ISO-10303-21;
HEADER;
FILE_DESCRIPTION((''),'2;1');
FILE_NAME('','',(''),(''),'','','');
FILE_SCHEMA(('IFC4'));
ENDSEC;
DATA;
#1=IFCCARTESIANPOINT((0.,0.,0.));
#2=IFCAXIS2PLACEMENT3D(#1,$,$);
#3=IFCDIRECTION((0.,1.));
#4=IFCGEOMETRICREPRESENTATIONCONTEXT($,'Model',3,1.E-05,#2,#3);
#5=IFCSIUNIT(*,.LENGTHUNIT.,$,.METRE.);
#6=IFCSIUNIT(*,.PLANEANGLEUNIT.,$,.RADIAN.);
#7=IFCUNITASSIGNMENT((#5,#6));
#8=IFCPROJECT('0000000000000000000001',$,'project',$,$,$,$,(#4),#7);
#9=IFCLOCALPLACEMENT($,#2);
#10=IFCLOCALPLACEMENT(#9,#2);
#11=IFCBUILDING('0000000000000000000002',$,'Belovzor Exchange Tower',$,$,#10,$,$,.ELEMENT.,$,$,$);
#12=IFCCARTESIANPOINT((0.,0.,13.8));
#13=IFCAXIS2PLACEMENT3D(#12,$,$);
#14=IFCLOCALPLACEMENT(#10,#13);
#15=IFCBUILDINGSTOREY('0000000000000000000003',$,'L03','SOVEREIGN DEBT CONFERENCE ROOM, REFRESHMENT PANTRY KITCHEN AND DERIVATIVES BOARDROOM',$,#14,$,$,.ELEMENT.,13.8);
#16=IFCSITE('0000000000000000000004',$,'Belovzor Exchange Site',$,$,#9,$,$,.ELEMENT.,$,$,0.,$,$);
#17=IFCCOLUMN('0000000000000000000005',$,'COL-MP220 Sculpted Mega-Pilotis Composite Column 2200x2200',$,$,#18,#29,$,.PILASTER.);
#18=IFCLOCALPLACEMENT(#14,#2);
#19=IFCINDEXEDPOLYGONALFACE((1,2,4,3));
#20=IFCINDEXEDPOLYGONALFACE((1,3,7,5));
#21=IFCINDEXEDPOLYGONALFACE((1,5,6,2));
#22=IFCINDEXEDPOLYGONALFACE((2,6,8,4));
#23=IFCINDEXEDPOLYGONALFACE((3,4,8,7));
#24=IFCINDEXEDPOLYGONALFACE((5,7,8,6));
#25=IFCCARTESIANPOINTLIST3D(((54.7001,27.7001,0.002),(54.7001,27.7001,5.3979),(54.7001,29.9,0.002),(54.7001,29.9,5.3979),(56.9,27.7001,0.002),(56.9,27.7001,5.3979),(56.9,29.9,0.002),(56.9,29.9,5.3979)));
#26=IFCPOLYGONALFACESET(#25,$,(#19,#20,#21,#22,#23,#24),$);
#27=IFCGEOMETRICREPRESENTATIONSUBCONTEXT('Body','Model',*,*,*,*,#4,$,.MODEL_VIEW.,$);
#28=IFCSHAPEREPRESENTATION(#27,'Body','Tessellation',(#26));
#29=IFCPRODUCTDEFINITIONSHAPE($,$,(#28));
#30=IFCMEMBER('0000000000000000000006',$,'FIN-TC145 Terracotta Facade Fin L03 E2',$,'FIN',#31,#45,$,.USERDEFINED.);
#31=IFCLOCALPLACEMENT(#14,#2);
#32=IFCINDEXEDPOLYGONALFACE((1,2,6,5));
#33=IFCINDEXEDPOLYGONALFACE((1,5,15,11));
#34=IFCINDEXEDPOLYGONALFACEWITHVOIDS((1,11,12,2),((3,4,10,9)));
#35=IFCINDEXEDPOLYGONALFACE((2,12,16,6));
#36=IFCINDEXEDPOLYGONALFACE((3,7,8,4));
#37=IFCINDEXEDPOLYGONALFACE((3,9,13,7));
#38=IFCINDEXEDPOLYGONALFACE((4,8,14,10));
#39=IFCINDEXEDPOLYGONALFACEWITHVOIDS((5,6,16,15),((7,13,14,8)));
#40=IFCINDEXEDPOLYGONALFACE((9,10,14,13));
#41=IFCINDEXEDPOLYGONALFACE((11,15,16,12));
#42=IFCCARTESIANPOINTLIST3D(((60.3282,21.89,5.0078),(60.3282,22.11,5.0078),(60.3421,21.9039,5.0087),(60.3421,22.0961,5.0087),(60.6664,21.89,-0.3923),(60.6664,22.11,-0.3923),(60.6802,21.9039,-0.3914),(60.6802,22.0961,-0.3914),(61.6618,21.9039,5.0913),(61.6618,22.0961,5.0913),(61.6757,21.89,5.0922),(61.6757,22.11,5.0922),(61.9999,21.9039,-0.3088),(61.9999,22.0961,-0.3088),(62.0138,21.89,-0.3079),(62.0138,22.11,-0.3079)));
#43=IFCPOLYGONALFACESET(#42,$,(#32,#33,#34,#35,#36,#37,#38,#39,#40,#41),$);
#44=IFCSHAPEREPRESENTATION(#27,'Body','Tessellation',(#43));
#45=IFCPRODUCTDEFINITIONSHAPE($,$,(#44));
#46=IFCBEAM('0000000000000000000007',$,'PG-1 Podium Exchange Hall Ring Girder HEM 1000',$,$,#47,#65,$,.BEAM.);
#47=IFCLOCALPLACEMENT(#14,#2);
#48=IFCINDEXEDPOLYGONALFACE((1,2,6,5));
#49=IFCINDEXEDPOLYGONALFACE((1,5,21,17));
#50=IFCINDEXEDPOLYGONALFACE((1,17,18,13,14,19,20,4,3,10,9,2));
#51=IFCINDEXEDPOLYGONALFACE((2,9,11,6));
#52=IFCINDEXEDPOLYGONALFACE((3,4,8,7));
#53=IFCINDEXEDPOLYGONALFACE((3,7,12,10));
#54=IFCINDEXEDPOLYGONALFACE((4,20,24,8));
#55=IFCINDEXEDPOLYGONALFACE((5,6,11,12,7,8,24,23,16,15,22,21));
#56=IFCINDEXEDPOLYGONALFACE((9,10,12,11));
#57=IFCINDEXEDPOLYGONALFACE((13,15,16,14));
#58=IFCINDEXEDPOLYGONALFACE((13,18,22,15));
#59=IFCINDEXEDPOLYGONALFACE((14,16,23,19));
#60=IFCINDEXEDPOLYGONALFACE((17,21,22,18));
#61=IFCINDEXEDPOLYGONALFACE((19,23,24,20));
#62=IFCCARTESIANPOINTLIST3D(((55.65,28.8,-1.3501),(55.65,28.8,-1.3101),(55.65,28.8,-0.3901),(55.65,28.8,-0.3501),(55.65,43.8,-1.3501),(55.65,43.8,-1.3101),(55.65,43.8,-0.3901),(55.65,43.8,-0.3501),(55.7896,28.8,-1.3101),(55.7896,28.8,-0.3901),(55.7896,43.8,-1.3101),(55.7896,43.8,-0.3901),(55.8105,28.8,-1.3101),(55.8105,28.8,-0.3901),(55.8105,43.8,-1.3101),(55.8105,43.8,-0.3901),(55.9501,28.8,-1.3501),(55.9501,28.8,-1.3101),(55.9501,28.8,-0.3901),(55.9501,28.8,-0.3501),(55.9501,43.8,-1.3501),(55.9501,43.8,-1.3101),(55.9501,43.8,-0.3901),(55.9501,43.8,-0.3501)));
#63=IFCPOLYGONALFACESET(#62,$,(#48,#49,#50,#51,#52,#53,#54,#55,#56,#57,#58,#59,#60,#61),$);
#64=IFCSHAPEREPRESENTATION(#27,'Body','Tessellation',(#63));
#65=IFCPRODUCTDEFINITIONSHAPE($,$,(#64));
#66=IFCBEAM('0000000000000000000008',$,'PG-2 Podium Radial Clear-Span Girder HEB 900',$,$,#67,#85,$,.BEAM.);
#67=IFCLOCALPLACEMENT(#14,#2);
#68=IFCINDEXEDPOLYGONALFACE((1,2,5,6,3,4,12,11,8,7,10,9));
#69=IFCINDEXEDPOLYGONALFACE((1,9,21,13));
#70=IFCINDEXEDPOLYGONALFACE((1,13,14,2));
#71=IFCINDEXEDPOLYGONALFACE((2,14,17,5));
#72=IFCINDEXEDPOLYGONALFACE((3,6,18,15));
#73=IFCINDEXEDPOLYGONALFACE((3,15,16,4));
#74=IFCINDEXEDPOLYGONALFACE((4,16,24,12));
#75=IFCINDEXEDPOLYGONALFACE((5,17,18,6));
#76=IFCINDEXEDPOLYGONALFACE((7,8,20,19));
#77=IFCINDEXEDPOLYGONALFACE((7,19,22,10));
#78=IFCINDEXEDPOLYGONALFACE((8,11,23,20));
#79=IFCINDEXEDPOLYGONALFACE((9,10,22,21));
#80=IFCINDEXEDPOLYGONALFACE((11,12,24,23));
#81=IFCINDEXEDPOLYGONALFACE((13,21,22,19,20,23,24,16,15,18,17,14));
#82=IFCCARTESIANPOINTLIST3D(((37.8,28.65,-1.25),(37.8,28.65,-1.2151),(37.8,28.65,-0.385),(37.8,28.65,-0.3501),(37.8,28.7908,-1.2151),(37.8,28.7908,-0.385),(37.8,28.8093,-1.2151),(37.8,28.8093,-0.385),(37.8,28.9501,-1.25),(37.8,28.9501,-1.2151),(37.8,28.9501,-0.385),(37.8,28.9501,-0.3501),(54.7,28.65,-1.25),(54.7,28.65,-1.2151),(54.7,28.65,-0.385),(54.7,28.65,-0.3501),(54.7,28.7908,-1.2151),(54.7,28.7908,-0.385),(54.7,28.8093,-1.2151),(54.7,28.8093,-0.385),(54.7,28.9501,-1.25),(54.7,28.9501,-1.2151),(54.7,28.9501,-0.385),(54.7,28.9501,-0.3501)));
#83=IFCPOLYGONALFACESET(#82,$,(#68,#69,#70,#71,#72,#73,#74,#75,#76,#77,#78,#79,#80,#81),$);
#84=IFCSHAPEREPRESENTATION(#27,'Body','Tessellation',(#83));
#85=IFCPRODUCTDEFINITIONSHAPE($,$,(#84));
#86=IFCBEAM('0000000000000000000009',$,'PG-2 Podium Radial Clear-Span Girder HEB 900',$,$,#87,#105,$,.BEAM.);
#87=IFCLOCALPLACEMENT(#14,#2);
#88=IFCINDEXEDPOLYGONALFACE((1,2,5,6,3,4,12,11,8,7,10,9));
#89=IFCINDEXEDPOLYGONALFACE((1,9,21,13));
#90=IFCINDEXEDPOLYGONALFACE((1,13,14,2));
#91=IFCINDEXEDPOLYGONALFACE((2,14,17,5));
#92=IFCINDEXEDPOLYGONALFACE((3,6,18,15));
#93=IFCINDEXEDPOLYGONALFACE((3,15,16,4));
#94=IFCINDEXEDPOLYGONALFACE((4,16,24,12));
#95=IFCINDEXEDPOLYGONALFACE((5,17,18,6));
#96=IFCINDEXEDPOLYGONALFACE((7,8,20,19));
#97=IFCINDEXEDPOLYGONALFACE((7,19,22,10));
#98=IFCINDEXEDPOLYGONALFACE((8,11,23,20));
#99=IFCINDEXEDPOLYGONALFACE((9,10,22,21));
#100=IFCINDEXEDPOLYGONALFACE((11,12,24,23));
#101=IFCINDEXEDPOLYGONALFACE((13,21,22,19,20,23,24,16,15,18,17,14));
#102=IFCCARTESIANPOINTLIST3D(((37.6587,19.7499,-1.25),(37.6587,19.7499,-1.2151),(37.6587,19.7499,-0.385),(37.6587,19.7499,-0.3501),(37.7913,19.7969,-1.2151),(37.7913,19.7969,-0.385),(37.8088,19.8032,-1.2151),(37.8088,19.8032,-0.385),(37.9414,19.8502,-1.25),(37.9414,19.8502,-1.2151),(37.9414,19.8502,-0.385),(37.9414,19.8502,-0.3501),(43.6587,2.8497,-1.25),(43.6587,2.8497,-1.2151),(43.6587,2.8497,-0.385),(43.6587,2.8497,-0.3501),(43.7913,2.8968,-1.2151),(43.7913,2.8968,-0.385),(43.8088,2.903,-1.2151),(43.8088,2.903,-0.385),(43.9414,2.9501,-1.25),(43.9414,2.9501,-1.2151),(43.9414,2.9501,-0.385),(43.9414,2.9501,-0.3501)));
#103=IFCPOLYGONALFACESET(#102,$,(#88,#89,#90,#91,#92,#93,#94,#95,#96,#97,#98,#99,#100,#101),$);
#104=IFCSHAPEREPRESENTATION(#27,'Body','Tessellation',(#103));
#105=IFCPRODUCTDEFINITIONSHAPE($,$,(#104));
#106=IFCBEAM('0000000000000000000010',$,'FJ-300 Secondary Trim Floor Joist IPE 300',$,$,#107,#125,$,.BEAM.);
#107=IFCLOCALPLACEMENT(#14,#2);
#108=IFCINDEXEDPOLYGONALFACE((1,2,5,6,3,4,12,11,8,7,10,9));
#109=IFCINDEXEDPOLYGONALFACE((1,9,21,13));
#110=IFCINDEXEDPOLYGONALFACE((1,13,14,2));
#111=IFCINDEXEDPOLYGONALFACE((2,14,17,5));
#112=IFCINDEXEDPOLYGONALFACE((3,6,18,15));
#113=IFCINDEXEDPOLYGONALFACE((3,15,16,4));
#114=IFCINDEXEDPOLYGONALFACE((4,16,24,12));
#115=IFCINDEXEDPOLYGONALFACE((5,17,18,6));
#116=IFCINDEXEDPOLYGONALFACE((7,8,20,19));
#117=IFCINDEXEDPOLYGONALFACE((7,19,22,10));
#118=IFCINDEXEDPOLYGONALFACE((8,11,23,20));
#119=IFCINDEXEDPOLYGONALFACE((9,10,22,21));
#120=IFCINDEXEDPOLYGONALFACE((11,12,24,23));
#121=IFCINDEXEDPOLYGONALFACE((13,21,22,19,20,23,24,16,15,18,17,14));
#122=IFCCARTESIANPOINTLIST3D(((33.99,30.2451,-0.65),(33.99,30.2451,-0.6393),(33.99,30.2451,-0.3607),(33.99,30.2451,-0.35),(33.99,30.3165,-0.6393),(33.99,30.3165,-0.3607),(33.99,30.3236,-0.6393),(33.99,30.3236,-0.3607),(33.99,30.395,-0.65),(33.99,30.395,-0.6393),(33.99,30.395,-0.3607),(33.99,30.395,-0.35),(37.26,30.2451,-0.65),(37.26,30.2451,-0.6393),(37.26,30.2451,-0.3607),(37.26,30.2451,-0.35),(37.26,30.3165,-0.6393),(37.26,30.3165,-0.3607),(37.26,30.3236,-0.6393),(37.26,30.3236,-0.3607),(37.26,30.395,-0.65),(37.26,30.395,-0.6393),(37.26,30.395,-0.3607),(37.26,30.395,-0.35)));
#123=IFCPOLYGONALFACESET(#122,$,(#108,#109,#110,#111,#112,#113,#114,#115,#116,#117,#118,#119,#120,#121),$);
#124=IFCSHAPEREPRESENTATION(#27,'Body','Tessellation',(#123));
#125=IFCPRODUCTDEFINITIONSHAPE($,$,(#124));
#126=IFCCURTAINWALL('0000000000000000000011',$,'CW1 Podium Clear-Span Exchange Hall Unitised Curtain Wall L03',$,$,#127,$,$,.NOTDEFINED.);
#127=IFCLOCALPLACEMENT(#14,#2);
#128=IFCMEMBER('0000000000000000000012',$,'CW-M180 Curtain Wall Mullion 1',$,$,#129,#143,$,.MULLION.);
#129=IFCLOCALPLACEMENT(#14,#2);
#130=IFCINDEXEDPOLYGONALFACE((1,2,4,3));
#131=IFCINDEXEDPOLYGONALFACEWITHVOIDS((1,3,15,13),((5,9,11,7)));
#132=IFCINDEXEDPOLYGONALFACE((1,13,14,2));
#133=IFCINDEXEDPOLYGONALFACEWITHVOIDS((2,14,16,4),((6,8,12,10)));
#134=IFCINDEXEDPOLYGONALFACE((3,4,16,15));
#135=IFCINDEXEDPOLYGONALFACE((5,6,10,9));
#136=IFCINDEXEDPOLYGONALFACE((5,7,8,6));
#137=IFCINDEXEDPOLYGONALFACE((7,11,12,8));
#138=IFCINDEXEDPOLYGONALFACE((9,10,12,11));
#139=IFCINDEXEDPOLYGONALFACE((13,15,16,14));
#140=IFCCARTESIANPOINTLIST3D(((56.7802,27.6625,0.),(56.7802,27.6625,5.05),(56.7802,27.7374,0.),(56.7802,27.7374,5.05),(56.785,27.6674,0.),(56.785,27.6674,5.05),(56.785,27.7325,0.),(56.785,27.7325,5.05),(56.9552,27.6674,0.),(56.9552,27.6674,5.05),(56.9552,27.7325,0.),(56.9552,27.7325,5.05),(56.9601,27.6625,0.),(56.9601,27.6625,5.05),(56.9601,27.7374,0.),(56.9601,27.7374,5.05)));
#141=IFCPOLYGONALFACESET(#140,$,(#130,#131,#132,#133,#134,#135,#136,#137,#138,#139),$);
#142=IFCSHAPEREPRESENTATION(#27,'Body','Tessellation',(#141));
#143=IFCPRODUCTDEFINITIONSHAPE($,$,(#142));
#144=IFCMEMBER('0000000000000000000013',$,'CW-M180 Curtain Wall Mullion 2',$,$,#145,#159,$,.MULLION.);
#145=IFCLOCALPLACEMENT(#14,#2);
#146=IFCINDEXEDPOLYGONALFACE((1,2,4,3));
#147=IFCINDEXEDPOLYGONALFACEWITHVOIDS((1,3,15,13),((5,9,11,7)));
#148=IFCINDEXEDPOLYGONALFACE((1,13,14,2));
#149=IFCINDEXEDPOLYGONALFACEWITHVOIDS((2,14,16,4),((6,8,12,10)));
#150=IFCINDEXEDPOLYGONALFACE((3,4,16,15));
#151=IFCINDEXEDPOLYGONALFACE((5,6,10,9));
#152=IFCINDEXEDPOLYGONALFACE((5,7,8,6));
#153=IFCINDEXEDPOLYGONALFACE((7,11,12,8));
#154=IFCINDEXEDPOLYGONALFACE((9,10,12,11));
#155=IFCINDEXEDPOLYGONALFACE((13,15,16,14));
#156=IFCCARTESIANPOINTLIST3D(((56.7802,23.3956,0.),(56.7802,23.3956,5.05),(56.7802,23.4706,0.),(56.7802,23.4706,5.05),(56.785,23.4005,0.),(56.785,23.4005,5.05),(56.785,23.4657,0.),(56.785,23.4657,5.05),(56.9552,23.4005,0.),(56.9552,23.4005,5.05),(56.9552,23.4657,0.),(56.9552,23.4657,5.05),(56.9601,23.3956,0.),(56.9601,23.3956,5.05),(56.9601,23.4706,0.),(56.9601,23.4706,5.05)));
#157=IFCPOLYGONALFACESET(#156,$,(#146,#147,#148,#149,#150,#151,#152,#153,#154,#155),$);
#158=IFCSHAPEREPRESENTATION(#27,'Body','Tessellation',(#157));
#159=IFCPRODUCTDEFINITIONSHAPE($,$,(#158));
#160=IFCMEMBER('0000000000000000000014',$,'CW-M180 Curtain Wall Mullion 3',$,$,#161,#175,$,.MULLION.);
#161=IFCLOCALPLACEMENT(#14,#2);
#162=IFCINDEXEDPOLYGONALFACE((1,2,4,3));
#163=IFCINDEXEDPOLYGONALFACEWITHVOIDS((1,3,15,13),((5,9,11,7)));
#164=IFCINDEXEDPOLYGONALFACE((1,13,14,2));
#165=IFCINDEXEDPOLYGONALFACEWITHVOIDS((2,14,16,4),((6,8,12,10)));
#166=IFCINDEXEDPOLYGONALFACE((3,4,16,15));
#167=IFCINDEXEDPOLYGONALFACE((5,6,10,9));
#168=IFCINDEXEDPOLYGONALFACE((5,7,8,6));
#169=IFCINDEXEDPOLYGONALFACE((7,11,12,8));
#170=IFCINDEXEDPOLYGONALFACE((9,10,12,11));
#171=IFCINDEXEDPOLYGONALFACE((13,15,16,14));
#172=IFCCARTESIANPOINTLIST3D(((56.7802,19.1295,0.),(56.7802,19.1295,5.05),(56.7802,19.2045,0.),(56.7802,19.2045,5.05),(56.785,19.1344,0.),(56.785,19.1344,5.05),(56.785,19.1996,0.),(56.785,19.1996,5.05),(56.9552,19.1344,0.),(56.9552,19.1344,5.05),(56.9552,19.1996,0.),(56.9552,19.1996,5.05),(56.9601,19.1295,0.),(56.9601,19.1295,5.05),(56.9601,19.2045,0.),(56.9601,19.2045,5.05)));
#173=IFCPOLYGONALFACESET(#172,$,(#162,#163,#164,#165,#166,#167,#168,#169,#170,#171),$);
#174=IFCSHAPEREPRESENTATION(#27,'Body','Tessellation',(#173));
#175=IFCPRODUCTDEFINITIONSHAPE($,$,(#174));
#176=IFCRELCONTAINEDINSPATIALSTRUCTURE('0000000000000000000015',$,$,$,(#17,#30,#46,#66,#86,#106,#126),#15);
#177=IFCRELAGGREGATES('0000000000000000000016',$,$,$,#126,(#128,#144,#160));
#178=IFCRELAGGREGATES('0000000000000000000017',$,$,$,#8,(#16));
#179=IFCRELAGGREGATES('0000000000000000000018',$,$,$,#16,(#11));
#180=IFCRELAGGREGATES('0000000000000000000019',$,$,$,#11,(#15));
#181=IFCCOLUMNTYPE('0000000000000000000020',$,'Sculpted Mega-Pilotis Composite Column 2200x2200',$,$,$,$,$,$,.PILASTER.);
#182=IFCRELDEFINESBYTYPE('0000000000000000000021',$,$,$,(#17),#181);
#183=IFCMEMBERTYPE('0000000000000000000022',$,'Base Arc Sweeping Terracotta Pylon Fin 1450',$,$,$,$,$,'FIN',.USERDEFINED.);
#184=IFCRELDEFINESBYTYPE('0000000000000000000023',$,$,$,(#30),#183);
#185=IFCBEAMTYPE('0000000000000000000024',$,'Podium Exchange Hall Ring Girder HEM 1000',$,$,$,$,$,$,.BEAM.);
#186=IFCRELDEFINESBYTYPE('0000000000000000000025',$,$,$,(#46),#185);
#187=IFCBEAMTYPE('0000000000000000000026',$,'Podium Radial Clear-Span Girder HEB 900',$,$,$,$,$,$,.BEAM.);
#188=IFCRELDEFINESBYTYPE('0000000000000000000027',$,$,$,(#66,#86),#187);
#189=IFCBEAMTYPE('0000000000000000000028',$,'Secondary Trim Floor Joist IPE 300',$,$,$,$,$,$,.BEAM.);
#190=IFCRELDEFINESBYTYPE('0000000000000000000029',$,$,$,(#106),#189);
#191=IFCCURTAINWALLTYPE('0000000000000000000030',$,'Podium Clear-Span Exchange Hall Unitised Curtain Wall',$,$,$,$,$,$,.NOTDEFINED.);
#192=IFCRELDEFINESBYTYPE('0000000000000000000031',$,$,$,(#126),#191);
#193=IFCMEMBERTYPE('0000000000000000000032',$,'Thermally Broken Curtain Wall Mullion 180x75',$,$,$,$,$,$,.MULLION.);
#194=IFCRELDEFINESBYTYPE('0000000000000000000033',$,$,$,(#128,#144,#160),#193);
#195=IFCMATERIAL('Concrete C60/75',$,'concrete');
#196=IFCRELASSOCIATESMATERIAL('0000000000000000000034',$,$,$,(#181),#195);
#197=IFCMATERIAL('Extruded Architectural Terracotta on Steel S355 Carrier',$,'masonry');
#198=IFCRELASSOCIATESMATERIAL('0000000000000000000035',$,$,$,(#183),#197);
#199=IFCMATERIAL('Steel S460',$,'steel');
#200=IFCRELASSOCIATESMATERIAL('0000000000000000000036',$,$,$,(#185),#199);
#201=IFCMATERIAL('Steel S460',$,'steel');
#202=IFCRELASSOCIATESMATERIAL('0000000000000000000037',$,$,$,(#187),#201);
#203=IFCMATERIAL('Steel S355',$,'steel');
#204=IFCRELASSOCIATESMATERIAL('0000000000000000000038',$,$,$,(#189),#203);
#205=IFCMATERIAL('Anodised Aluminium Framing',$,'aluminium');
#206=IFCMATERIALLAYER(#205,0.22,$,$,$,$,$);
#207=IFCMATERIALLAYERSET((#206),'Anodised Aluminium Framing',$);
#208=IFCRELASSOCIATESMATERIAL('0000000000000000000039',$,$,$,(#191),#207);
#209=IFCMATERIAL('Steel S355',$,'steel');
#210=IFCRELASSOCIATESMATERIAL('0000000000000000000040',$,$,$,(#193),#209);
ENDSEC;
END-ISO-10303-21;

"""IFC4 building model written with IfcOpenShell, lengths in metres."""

from ifc_helpers import new_model, si_unit, direction, frame, origin, origin_2d, place, context, subcontext, project, spatial, rectangle, hollow_rectangle, i_section, extrude, material, layer, layer_set, material_profile, profile_set, type_object, element, aggregate, save


model = new_model("IFC4")

# Units and contexts
model_context = context("Model", 3, precision=1e-05, world=origin(), true_north=direction((0.0, 1.0)))
body_context = subcontext(model_context, "Body", "Model", "MODEL_VIEW")
ifc_project = project(units=[si_unit("LENGTHUNIT", "METRE"), si_unit("PLANEANGLEUNIT", "RADIAN")], contexts=[model_context])

# Site, building, storey
site_placement = place(None, origin())
site = spatial("IfcSite", under=ifc_project, at=site_placement, Name="Belovzor Exchange Site", CompositionType="ELEMENT", RefElevation=0.0)
building_placement = place(site_placement, origin())
building = spatial("IfcBuilding", under=site, at=building_placement, Name="Belovzor Exchange Tower", CompositionType="ELEMENT")
storey_placement = place(building_placement, frame((0.0, 0.0, 13.8)))
storey = spatial("IfcBuildingStorey", under=building, at=storey_placement, Name="L03", Description="SOVEREIGN DEBT CONFERENCE ROOM, REFRESHMENT PANTRY KITCHEN AND DERIVATIVES BOARDROOM", CompositionType="ELEMENT", Elevation=13.8)

# Column
ifc_material_1 = material(Name="Concrete C60/75", Category="concrete")
ifc_material_profile_1 = material_profile(ifc_material_1, rectangle(XDim=2.2, YDim=2.2, at=origin_2d()))
ifc_profile_set_1 = profile_set([ifc_material_profile_1], Name="Concrete C60/75")
column_type = type_object("IfcColumnType", Name="Sculpted Mega-Pilotis Composite Column 2200x2200", PredefinedType="PILASTER", material=ifc_profile_set_1)
column_placement = place(storey_placement, frame((55.8, 28.8, 0.002), z_axis=(0.0, 0.0, 1.0), x_axis=(1.0, 0.0, 0.0)))
element("IfcColumn", 1, at=column_placement, inside=storey, type_object=column_type, Name="COL-MP220 Sculpted Mega-Pilotis Composite Column 2200x2200", PredefinedType="PILASTER", context=body_context, shape_type="SweptSolid", body=[
    extrude(rectangle(XDim=2.2, YDim=2.2, at=origin_2d()), origin(), (0.0, 0.0, 1.0), 5.396),
])

# Member
ifc_material_2 = material(Name="Extruded Architectural Terracotta on Steel S355 Carrier", Category="masonry")
ifc_material_profile_2 = material_profile(ifc_material_2, hollow_rectangle(XDim=0.22, YDim=1.3501, WallThickness=0.0139, at=origin_2d()))
ifc_profile_set_2 = profile_set([ifc_material_profile_2], Name="Extruded Architectural Terracotta on Steel S355 Carrier")
member_type_1 = type_object("IfcMemberType", Name="Base Arc Sweeping Terracotta Pylon Fin 1450", ElementType="FIN", PredefinedType="USERDEFINED", material=ifc_profile_set_2)
member_1_placement = place(storey_placement, frame((61.3401, 22.0, -0.3501), z_axis=(-0.062493, 0.0, 0.998045), x_axis=(0.0, -1.0, 0.0)))
element("IfcMember", 2, at=member_1_placement, inside=storey, type_object=member_type_1, Name="FIN-TC145 Terracotta Facade Fin L03 E2", ObjectType="FIN", PredefinedType="USERDEFINED", context=body_context, shape_type="SweptSolid", body=[
    extrude(hollow_rectangle(XDim=0.22, YDim=1.3501, WallThickness=0.0139, at=origin_2d()), origin(), (0.0, 0.0, 1.0), 5.4106),
])

# Beams
ifc_material_3 = material(Name="Steel S460", Category="steel")
ifc_material_profile_3 = material_profile(ifc_material_3, i_section(OverallWidth=0.3, OverallDepth=1.0, WebThickness=0.021, FlangeThickness=0.04, at=origin_2d()))
ifc_profile_set_3 = profile_set([ifc_material_profile_3], Name="Steel S460")
beam_type_1 = type_object("IfcBeamType", Name="Podium Exchange Hall Ring Girder HEM 1000", PredefinedType="BEAM", material=ifc_profile_set_3)
beam_1_placement = place(storey_placement, frame((55.8, 28.8, -0.8501), z_axis=(0.0, 1.0, 0.0), x_axis=(-1.0, 0.0, 0.0)))
element("IfcBeam", 3, at=beam_1_placement, inside=storey, type_object=beam_type_1, Name="PG-1 Podium Exchange Hall Ring Girder HEM 1000", PredefinedType="BEAM", context=body_context, shape_type="SweptSolid", body=[
    extrude(i_section(OverallWidth=0.3, OverallDepth=1.0, WebThickness=0.021, FlangeThickness=0.04, at=origin_2d()), origin(), (0.0, 0.0, 1.0), 15.0),
])
ifc_material_4 = material(Name="Steel S460", Category="steel")
ifc_material_profile_4 = material_profile(ifc_material_4, i_section(OverallWidth=0.3, OverallDepth=0.8999, WebThickness=0.0186, FlangeThickness=0.0349, at=origin_2d()))
ifc_profile_set_4 = profile_set([ifc_material_profile_4], Name="Steel S460")
beam_type_2 = type_object("IfcBeamType", Name="Podium Radial Clear-Span Girder HEB 900", PredefinedType="BEAM", material=ifc_profile_set_4)
beam_2_placement = place(storey_placement, frame((37.8, 28.8, -0.8), z_axis=(1.0, 0.0, 0.0), x_axis=(0.0, 1.0, 0.0)))
element("IfcBeam", 4, at=beam_2_placement, inside=storey, type_object=beam_type_2, Name="PG-2 Podium Radial Clear-Span Girder HEB 900", PredefinedType="BEAM", context=body_context, shape_type="SweptSolid", body=[
    extrude(i_section(OverallWidth=0.3, OverallDepth=0.8999, WebThickness=0.0186, FlangeThickness=0.0349, at=origin_2d()), origin(), (0.0, 0.0, 1.0), 16.8999),
])
beam_3_placement = place(storey_placement, frame((37.8, 19.8, -0.8), z_axis=(0.334567, -0.942372, 0.0), x_axis=(0.942372, 0.334567, 0.0)))
element("IfcBeam", 5, at=beam_3_placement, inside=storey, type_object=beam_type_2, Name="PG-2 Podium Radial Clear-Span Girder HEB 900", PredefinedType="BEAM", context=body_context, shape_type="SweptSolid", body=[
    extrude(i_section(OverallWidth=0.3, OverallDepth=0.8999, WebThickness=0.0186, FlangeThickness=0.0349, at=origin_2d()), origin(), (0.0, 0.0, 1.0), 17.9336),
])
ifc_material_5 = material(Name="Steel S355", Category="steel")
ifc_material_profile_5 = material_profile(ifc_material_5, i_section(OverallWidth=0.1499, OverallDepth=0.3, WebThickness=0.0071, FlangeThickness=0.0107, at=origin_2d()))
ifc_profile_set_5 = profile_set([ifc_material_profile_5], Name="Steel S355")
beam_type_3 = type_object("IfcBeamType", Name="Secondary Trim Floor Joist IPE 300", PredefinedType="BEAM", material=ifc_profile_set_5)
beam_4_placement = place(storey_placement, frame((37.26, 30.3201, -0.5), z_axis=(-1.0, 0.0, 0.0), x_axis=(0.0, -1.0, 0.0)))
element("IfcBeam", 6, at=beam_4_placement, inside=storey, type_object=beam_type_3, Name="FJ-300 Secondary Trim Floor Joist IPE 300", PredefinedType="BEAM", context=body_context, shape_type="SweptSolid", body=[
    extrude(i_section(OverallWidth=0.1499, OverallDepth=0.3, WebThickness=0.0071, FlangeThickness=0.0107, at=origin_2d()), origin(), (0.0, 0.0, 1.0), 3.27),
])

# Curtain wall, members
ifc_material_6 = material(Name="Anodised Aluminium Framing", Category="aluminium")
ifc_layer_1 = layer(ifc_material_6, 0.22)
ifc_layer_set_1 = layer_set([ifc_layer_1], Name="Anodised Aluminium Framing")
curtain_wall_type = type_object("IfcCurtainWallType", Name="Podium Clear-Span Exchange Hall Unitised Curtain Wall", PredefinedType="NOTDEFINED", material=ifc_layer_set_1)
curtain_wall_1_placement = place(storey_placement, origin())
curtain_wall_1 = element("IfcCurtainWall", 7, at=curtain_wall_1_placement, inside=storey, type_object=curtain_wall_type, Name="CW1 Podium Clear-Span Exchange Hall Unitised Curtain Wall L03", PredefinedType="NOTDEFINED")
ifc_material_7 = material(Name="Steel S355", Category="steel")
ifc_material_profile_6 = material_profile(ifc_material_7, hollow_rectangle(XDim=0.075, YDim=0.1799, WallThickness=0.0049, at=origin_2d()))
ifc_profile_set_6 = profile_set([ifc_material_profile_6], Name="Steel S355")
member_type_2 = type_object("IfcMemberType", Name="Thermally Broken Curtain Wall Mullion 180x75", PredefinedType="MULLION", material=ifc_profile_set_6)
member_2_placement = place(storey_placement, frame((56.8701, 27.7, 0.0), z_axis=(0.0, 0.0, 1.0), x_axis=(0.0, -1.0, 0.0)))
member_2 = element("IfcMember", 8, at=member_2_placement, type_object=member_type_2, Name="CW-M180 Curtain Wall Mullion 1", PredefinedType="MULLION", context=body_context, shape_type="SweptSolid", body=[
    extrude(hollow_rectangle(XDim=0.075, YDim=0.1799, WallThickness=0.0049, at=origin_2d()), origin(), (0.0, 0.0, 1.0), 5.05),
])
member_3_placement = place(storey_placement, frame((56.8701, 23.4331, 0.0), z_axis=(0.0, 0.0, 1.0), x_axis=(0.0, -1.0, 0.0)))
member_3 = element("IfcMember", 9, at=member_3_placement, type_object=member_type_2, Name="CW-M180 Curtain Wall Mullion 2", PredefinedType="MULLION", context=body_context, shape_type="SweptSolid", body=[
    extrude(hollow_rectangle(XDim=0.075, YDim=0.1799, WallThickness=0.0049, at=origin_2d()), origin(), (0.0, 0.0, 1.0), 5.05),
])
member_4_placement = place(storey_placement, frame((56.8701, 19.167, 0.0), z_axis=(0.0, 0.0, 1.0), x_axis=(0.0, -1.0, 0.0)))
member_4 = element("IfcMember", 10, at=member_4_placement, type_object=member_type_2, Name="CW-M180 Curtain Wall Mullion 3", PredefinedType="MULLION", context=body_context, shape_type="SweptSolid", body=[
    extrude(hollow_rectangle(XDim=0.075, YDim=0.1799, WallThickness=0.0049, at=origin_2d()), origin(), (0.0, 0.0, 1.0), 5.05),
])

aggregate(curtain_wall_1, [member_2, member_3, member_4])

save(model, "model.ifc")
